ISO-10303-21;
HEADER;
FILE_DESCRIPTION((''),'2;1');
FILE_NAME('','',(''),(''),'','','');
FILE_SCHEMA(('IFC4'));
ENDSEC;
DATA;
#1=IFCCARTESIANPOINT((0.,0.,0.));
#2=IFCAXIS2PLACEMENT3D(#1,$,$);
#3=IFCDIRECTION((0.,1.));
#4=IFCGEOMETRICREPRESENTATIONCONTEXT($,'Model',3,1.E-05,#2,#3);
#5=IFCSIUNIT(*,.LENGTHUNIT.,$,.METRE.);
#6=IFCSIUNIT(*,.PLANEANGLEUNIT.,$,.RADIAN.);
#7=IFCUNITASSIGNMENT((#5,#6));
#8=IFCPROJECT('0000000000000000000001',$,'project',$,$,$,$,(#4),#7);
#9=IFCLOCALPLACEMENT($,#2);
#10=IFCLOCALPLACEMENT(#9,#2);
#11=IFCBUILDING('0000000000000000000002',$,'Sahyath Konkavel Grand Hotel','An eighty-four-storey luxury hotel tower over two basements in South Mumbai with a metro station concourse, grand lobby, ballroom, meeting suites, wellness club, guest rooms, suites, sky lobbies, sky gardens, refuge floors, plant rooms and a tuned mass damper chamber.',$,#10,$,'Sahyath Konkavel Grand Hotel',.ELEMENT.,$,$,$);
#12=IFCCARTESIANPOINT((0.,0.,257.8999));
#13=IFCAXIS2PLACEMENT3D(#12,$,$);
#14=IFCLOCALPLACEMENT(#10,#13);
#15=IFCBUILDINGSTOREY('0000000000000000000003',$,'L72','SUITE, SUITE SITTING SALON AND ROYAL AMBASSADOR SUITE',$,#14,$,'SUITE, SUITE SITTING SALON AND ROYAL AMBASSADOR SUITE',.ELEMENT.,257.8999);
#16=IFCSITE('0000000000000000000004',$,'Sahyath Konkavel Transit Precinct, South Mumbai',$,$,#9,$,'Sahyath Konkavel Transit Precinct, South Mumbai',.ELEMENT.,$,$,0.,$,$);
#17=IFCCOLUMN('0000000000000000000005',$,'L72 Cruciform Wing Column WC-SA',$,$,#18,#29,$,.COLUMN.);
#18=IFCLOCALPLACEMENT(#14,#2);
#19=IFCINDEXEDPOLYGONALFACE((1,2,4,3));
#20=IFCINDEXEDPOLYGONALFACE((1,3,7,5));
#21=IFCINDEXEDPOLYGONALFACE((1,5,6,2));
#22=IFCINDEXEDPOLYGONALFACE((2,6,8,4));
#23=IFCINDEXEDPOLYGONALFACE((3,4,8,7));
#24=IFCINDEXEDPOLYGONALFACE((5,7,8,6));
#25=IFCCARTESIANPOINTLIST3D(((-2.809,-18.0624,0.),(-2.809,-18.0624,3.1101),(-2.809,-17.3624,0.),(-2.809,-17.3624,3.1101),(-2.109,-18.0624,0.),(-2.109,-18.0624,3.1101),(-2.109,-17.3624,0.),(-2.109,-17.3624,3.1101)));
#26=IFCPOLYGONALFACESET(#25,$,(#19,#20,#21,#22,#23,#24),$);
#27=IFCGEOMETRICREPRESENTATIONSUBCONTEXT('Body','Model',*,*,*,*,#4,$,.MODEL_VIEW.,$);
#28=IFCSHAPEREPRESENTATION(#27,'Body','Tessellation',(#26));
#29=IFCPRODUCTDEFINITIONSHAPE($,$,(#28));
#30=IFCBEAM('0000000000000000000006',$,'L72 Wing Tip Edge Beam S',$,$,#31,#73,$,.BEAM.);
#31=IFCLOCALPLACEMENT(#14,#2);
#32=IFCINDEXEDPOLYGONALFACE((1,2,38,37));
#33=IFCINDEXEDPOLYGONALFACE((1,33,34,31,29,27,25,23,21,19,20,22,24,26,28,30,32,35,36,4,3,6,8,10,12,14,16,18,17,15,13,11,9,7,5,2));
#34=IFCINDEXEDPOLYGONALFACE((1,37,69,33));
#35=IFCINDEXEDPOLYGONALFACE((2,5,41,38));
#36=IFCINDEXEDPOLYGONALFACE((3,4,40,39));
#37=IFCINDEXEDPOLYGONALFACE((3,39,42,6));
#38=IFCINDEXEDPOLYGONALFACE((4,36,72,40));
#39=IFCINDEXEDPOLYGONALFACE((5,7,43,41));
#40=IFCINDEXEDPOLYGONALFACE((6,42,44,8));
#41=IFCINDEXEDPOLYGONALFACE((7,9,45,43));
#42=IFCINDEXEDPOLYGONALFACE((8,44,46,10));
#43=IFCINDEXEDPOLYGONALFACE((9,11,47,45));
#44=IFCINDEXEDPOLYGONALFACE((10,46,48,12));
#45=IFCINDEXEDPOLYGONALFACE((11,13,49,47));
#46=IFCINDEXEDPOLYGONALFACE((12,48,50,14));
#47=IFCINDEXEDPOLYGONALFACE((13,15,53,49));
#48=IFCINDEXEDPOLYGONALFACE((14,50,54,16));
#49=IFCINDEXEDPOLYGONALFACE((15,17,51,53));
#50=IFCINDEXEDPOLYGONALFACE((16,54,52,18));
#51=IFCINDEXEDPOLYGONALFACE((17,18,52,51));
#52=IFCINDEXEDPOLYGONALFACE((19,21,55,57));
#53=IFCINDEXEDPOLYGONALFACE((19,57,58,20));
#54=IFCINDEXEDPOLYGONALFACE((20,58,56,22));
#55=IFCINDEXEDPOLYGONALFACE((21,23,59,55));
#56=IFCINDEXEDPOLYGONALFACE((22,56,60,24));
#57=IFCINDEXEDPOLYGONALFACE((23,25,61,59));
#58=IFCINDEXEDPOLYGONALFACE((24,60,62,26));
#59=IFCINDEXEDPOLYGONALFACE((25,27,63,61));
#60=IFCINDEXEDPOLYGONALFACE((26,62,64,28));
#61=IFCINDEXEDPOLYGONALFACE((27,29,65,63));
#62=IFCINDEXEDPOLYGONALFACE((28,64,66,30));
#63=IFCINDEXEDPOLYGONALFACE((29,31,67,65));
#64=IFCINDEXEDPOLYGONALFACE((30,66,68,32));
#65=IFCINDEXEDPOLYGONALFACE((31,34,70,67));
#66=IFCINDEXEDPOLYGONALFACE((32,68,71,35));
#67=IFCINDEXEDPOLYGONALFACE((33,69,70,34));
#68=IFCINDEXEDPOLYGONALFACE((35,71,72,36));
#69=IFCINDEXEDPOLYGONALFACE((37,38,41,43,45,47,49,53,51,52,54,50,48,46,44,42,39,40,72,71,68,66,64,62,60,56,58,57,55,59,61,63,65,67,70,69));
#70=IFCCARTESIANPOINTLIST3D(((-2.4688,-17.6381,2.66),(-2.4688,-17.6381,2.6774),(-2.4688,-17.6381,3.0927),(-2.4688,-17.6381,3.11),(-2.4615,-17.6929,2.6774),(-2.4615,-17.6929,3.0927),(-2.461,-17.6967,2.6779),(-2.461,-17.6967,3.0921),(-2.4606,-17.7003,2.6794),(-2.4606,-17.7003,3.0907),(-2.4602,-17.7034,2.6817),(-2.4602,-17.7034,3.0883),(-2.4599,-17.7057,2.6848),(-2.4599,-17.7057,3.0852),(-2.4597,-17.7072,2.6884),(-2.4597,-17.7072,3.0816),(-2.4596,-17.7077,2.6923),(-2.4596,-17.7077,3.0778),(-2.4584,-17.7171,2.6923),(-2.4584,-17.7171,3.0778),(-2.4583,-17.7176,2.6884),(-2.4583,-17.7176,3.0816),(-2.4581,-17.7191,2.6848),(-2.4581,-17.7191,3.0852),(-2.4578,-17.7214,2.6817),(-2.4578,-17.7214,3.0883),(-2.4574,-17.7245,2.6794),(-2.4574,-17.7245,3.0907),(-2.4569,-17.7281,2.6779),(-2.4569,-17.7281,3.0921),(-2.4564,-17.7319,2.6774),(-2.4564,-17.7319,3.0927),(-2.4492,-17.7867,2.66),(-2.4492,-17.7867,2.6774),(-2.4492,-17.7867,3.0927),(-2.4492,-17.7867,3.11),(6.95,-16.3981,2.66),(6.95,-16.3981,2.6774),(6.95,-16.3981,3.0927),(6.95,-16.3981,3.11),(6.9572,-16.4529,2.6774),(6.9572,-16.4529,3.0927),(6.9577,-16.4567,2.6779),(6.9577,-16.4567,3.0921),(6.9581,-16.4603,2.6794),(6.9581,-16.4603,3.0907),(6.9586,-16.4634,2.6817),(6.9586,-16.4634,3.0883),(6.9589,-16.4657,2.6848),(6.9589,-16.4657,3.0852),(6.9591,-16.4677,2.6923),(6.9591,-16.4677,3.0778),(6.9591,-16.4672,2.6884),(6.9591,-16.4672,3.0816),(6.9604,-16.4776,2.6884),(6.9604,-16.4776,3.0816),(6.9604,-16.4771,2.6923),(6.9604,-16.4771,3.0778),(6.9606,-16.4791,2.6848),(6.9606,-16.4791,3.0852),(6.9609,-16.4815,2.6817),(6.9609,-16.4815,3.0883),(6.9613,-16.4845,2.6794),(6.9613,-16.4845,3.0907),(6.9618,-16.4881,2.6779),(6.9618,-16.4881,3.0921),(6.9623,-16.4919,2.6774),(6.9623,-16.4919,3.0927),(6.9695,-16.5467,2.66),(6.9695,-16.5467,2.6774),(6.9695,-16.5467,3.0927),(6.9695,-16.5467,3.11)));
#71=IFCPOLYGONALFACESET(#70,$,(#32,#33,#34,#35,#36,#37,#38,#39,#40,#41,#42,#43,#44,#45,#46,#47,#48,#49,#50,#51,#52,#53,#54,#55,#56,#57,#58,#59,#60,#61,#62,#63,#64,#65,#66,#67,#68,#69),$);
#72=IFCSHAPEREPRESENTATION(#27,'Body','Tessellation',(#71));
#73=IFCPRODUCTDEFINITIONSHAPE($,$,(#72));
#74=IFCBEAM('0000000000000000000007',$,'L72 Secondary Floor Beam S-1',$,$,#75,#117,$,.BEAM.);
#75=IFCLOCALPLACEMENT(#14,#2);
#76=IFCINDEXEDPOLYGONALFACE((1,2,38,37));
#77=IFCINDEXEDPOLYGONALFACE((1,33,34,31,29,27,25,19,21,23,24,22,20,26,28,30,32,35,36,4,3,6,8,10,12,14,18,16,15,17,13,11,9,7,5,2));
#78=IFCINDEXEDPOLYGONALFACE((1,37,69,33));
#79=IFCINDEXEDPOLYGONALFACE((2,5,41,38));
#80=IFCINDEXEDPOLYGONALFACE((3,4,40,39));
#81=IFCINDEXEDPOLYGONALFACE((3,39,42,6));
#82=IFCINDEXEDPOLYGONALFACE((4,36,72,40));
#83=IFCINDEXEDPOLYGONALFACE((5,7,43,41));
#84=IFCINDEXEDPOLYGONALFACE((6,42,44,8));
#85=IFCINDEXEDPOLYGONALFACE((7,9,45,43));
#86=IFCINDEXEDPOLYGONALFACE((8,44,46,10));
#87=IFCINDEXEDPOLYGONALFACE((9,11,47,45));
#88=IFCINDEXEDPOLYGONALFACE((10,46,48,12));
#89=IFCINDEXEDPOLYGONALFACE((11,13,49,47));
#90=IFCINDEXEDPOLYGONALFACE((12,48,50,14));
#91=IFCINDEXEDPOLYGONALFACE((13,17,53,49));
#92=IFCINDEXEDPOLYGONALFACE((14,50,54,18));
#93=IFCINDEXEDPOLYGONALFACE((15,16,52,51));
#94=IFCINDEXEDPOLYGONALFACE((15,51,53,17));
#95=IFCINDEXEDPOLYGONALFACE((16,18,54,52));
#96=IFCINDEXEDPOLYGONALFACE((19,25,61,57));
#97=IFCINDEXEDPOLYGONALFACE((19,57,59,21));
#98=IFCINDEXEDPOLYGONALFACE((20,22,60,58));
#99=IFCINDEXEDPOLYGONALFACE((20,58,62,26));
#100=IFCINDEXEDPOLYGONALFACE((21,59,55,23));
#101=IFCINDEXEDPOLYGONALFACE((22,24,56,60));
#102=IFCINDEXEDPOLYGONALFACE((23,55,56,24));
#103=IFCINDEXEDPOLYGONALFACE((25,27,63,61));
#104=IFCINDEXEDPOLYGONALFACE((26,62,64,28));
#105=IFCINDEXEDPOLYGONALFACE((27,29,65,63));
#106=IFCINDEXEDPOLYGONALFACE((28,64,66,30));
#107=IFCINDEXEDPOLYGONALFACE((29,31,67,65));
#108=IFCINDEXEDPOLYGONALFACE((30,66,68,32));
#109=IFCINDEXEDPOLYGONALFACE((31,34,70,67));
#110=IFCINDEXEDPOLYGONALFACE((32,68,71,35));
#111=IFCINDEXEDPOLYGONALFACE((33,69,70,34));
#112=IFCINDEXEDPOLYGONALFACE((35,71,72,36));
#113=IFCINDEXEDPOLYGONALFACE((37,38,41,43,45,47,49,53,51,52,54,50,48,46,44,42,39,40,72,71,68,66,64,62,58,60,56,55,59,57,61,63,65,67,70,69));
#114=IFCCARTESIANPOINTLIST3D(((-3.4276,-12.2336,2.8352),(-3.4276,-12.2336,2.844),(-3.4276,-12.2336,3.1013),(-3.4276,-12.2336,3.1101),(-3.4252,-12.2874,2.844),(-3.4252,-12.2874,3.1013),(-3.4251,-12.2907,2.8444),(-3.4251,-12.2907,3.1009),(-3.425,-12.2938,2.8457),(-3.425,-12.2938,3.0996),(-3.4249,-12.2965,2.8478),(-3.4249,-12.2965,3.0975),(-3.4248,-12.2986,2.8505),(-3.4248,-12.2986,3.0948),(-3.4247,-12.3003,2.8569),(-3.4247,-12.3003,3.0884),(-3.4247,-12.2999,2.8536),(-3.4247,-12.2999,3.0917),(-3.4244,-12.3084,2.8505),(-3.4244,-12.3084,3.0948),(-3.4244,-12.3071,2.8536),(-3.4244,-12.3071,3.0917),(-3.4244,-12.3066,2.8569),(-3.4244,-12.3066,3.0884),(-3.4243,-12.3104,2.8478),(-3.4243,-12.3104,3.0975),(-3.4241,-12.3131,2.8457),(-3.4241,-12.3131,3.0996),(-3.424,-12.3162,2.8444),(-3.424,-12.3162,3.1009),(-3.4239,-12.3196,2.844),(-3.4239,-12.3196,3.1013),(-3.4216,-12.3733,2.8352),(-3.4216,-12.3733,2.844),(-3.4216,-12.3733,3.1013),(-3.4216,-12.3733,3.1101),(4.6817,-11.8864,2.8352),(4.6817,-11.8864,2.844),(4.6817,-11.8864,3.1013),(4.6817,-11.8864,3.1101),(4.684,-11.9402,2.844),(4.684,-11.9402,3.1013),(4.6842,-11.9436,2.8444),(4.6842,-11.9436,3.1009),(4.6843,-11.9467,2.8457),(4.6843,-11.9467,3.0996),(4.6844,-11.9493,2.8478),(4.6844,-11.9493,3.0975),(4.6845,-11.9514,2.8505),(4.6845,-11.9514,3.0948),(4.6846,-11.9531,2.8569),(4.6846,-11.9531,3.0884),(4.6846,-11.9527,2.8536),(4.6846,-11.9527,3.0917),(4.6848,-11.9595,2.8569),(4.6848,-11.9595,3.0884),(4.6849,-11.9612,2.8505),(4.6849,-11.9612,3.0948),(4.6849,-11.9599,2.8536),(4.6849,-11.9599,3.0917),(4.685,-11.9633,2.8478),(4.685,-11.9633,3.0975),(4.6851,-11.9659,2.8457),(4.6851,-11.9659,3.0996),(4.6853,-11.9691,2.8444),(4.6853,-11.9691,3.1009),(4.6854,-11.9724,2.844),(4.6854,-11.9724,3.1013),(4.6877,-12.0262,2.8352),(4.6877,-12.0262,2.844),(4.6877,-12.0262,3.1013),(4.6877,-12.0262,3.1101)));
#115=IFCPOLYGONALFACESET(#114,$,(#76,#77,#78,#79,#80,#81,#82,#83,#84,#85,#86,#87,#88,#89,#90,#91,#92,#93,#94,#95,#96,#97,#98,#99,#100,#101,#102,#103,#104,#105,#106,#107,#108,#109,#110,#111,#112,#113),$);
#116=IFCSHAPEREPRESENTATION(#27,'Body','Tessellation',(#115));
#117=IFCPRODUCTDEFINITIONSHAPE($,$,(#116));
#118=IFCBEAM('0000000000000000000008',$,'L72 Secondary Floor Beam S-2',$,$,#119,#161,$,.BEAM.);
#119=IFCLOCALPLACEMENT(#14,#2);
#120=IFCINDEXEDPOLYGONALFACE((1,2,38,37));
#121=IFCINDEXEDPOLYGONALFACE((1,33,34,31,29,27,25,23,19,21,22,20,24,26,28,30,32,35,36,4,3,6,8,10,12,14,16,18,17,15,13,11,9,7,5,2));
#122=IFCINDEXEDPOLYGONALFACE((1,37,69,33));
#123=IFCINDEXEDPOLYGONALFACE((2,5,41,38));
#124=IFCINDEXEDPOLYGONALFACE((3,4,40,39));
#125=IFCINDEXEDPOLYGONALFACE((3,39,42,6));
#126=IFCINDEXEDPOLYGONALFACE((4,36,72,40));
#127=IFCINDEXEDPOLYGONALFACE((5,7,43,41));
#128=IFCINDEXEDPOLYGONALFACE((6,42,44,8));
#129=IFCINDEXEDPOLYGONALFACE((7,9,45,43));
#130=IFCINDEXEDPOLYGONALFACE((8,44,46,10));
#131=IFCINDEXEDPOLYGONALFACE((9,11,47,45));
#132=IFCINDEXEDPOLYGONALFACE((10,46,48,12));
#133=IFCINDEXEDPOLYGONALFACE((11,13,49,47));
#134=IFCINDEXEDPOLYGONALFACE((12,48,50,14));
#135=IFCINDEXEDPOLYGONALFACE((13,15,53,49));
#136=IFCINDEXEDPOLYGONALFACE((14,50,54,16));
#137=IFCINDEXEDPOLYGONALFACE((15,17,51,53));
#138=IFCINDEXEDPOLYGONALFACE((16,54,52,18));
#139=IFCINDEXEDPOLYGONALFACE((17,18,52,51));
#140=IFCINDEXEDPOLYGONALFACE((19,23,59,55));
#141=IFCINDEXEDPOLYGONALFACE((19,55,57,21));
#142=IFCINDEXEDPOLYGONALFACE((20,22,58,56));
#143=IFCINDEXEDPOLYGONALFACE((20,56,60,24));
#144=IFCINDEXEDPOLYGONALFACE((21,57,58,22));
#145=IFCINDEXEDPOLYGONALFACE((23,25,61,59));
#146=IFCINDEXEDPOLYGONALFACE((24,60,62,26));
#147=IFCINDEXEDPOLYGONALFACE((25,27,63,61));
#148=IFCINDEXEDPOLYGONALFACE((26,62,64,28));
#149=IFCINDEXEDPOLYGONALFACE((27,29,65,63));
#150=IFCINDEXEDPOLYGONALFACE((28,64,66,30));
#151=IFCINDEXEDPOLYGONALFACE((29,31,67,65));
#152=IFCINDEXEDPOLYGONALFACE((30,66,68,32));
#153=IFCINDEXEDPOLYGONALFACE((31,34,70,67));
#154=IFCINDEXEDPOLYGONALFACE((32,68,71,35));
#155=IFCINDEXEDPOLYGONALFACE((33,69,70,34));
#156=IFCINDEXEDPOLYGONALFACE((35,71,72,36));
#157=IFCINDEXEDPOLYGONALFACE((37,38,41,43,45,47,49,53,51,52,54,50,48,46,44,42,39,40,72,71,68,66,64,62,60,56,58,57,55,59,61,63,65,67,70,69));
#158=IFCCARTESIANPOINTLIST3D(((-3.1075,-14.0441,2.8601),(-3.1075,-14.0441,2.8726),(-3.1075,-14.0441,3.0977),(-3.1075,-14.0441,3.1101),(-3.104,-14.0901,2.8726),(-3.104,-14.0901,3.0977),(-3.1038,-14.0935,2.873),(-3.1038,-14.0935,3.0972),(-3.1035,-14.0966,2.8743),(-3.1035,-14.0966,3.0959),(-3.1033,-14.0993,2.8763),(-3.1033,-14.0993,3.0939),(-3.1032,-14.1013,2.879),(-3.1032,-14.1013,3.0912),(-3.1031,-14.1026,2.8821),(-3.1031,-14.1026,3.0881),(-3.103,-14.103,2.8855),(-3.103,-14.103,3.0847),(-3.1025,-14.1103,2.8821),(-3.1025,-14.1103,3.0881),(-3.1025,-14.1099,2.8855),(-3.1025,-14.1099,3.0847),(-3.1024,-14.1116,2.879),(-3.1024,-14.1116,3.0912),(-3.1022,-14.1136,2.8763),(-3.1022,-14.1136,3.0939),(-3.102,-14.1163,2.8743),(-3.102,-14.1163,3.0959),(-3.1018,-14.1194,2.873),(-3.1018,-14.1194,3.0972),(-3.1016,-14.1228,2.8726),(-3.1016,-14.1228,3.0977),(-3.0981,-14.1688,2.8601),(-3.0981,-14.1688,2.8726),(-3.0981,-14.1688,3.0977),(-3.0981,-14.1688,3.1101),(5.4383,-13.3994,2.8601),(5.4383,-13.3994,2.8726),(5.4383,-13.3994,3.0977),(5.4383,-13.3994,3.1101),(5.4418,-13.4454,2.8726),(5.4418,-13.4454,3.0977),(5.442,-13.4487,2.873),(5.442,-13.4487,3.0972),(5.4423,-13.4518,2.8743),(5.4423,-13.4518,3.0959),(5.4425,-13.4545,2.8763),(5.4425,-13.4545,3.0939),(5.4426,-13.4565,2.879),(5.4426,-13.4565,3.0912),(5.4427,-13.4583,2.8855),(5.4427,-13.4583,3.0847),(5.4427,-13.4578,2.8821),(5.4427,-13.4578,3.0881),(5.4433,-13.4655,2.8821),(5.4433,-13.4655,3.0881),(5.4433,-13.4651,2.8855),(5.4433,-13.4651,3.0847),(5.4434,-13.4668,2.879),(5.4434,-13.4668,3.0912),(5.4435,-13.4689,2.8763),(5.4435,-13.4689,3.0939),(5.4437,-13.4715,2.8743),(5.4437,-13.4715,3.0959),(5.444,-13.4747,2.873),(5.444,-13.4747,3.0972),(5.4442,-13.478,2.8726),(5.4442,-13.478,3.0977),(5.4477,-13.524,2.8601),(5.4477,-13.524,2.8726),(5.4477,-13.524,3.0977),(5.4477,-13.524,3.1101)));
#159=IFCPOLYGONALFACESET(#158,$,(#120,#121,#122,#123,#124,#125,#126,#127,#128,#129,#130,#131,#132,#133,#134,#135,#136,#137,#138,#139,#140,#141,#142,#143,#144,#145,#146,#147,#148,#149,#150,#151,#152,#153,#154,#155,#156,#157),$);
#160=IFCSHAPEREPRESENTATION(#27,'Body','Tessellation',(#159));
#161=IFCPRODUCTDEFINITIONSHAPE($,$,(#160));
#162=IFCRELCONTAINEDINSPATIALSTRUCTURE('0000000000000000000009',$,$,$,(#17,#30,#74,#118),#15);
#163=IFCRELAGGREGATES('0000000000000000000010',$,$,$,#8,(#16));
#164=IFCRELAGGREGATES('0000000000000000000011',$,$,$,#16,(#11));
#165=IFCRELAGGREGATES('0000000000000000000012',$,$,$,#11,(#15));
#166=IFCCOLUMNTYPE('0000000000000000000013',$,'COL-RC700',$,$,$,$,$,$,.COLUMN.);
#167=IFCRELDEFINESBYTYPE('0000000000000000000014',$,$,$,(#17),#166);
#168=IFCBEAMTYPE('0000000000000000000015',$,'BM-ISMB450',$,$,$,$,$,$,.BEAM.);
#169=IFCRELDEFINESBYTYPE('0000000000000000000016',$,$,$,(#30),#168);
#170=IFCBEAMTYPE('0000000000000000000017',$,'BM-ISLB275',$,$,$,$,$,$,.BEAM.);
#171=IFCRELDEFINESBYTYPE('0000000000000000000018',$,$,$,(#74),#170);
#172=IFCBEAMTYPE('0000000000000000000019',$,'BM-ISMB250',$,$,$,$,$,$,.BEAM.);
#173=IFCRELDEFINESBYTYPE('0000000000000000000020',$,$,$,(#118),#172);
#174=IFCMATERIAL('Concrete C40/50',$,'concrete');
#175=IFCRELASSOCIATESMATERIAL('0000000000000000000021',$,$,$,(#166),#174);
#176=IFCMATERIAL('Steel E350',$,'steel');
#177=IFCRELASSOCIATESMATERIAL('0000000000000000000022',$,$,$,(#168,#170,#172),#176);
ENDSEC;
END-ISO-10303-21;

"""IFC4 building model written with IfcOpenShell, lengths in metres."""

from ifc_helpers import new_model, si_unit, direction, frame, origin, origin_2d, place, context, subcontext, project, spatial, rectangle, i_section, extrude, source, transform, mapped, material, material_profile, profile_set, type_object, element, save


model = new_model("IFC4")

# Units and contexts
model_context = context("Model", 3, precision=1e-05, world=origin(), true_north=direction((0.0, 1.0)))
body_context = subcontext(model_context, "Body", "Model", "MODEL_VIEW")
ifc_project = project(units=[si_unit("LENGTHUNIT", "METRE"), si_unit("PLANEANGLEUNIT", "RADIAN")], contexts=[model_context])

# Site, building, storey
site_placement = place(None, origin())
site = spatial("IfcSite", under=ifc_project, at=site_placement, Name="Sahyath Konkavel Transit Precinct, South Mumbai", LongName="Sahyath Konkavel Transit Precinct, South Mumbai", CompositionType="ELEMENT", RefElevation=0.0)
building_placement = place(site_placement, origin())
building = spatial("IfcBuilding", under=site, at=building_placement, Name="Sahyath Konkavel Grand Hotel", Description="An eighty-four-storey luxury hotel tower over two basements in South Mumbai with a metro station concourse, grand lobby, ballroom, meeting suites, wellness club, guest rooms, suites, sky lobbies, sky gardens, refuge floors, plant rooms and a tuned mass damper chamber.", LongName="Sahyath Konkavel Grand Hotel", CompositionType="ELEMENT")
storey_placement = place(building_placement, frame((0.0, 0.0, 257.8999)))
storey = spatial("IfcBuildingStorey", under=building, at=storey_placement, Name="L72", Description="SUITE, SUITE SITTING SALON AND ROYAL AMBASSADOR SUITE", LongName="SUITE, SUITE SITTING SALON AND ROYAL AMBASSADOR SUITE", CompositionType="ELEMENT", Elevation=257.8999)

# Column
ifc_material_1 = material(Name="Concrete C40/50", Category="concrete")
ifc_material_profile_1 = material_profile(ifc_material_1, rectangle(XDim=0.7, YDim=0.7, at=origin_2d()), Name="RC 700x700")
ifc_profile_set_1 = profile_set([ifc_material_profile_1], Name="Concrete C40/50")
column_type = type_object("IfcColumnType", Name="COL-RC700", PredefinedType="COLUMN", material=ifc_profile_set_1)
shared_shape_1 = source(origin(), body_context, "Body", "SweptSolid", [
    extrude(rectangle(XDim=0.7, YDim=0.7, at=origin_2d()), origin(), (0.0, 0.0, 1.0), 3.1101),
])
column_placement = place(storey_placement, frame((-2.459, -17.7124, 0.0), z_axis=(0.0, 0.0, 1.0), x_axis=(1.0, 0.0, 0.0)))
element("IfcColumn", 1, at=column_placement, inside=storey, type_object=column_type, Name="L72 Cruciform Wing Column WC-SA", PredefinedType="COLUMN", context=body_context, shape_type="MappedRepresentation", body=[
    mapped(shared_shape_1, transform((0.0, 0.0, 0.0), scale=1.0)),
])

# Beams
ifc_material_2 = material(Name="Steel E350", Category="steel")
ifc_material_profile_2 = material_profile(ifc_material_2, i_section(OverallWidth=0.1499, OverallDepth=0.45, WebThickness=0.0095, FlangeThickness=0.0173, FilletRadius=0.0149, at=origin_2d()), Name="ISMB 450")
ifc_profile_set_2 = profile_set([ifc_material_profile_2], Name="Steel E350")
beam_type_1 = type_object("IfcBeamType", Name="BM-ISMB450", PredefinedType="BEAM", material=ifc_profile_set_2)
shared_shape_2 = source(origin(), body_context, "Body", "SweptSolid", [
    extrude(i_section(OverallWidth=0.1499, OverallDepth=0.45, WebThickness=0.0095, FlangeThickness=0.0173, FilletRadius=0.0149, at=origin_2d()), origin(), (0.0, 0.0, 1.0), 9.5),
])
beam_1_placement = place(storey_placement, frame((-2.459, -17.7124, 2.885), z_axis=(0.991445, 0.130526, 0.0), x_axis=(-0.130526, 0.991445, 0.0)))
element("IfcBeam", 2, at=beam_1_placement, inside=storey, type_object=beam_type_1, Name="L72 Wing Tip Edge Beam S", PredefinedType="BEAM", context=body_context, shape_type="MappedRepresentation", body=[
    mapped(shared_shape_2, transform((0.0, 0.0, 0.0), scale=1.0)),
])
ifc_material_profile_3 = material_profile(ifc_material_2, i_section(OverallWidth=0.1399, OverallDepth=0.2749, WebThickness=0.0063, FlangeThickness=0.0088, FilletRadius=0.0129, at=origin_2d()), Name="ISLB 275")
ifc_profile_set_3 = profile_set([ifc_material_profile_3], Name="Steel E350")
beam_type_2 = type_object("IfcBeamType", Name="BM-ISLB275", PredefinedType="BEAM", material=ifc_profile_set_3)
shared_shape_3 = source(origin(), body_context, "Body", "SweptSolid", [
    extrude(i_section(OverallWidth=0.1399, OverallDepth=0.2749, WebThickness=0.0063, FlangeThickness=0.0088, FilletRadius=0.0129, at=origin_2d()), origin(), (0.0, 0.0, 1.0), 8.1167),
])
beam_2_placement = place(storey_placement, frame((-3.4246, -12.3035, 2.9727), z_axis=(0.999085, 0.042772, 0.0), x_axis=(-0.042772, 0.999085, 0.0)))
element("IfcBeam", 3, at=beam_2_placement, inside=storey, type_object=beam_type_2, Name="L72 Secondary Floor Beam S-1", PredefinedType="BEAM", context=body_context, shape_type="MappedRepresentation", body=[
    mapped(shared_shape_3, transform((0.0, 0.0, 0.0), scale=1.0)),
])
ifc_material_profile_4 = material_profile(ifc_material_2, i_section(OverallWidth=0.125, OverallDepth=0.25, WebThickness=0.0068, FlangeThickness=0.0125, FilletRadius=0.0129, at=origin_2d()), Name="ISMB 250")
ifc_profile_set_4 = profile_set([ifc_material_profile_4], Name="Steel E350")
beam_type_3 = type_object("IfcBeamType", Name="BM-ISMB250", PredefinedType="BEAM", material=ifc_profile_set_4)
shared_shape_4 = source(origin(), body_context, "Body", "SweptSolid", [
    extrude(i_section(OverallWidth=0.125, OverallDepth=0.25, WebThickness=0.0068, FlangeThickness=0.0125, FilletRadius=0.0129, at=origin_2d()), origin(), (0.0, 0.0, 1.0), 8.5701),
])
beam_3_placement = place(storey_placement, frame((-3.1028, -14.1064, 2.9851), z_axis=(0.997166, 0.075235, 0.0), x_axis=(-0.075235, 0.997166, 0.0)))
element("IfcBeam", 4, at=beam_3_placement, inside=storey, type_object=beam_type_3, Name="L72 Secondary Floor Beam S-2", PredefinedType="BEAM", context=body_context, shape_type="MappedRepresentation", body=[
    mapped(shared_shape_4, transform((0.0, 0.0, 0.0), scale=1.0)),
])

save(model, "model.ifc")
